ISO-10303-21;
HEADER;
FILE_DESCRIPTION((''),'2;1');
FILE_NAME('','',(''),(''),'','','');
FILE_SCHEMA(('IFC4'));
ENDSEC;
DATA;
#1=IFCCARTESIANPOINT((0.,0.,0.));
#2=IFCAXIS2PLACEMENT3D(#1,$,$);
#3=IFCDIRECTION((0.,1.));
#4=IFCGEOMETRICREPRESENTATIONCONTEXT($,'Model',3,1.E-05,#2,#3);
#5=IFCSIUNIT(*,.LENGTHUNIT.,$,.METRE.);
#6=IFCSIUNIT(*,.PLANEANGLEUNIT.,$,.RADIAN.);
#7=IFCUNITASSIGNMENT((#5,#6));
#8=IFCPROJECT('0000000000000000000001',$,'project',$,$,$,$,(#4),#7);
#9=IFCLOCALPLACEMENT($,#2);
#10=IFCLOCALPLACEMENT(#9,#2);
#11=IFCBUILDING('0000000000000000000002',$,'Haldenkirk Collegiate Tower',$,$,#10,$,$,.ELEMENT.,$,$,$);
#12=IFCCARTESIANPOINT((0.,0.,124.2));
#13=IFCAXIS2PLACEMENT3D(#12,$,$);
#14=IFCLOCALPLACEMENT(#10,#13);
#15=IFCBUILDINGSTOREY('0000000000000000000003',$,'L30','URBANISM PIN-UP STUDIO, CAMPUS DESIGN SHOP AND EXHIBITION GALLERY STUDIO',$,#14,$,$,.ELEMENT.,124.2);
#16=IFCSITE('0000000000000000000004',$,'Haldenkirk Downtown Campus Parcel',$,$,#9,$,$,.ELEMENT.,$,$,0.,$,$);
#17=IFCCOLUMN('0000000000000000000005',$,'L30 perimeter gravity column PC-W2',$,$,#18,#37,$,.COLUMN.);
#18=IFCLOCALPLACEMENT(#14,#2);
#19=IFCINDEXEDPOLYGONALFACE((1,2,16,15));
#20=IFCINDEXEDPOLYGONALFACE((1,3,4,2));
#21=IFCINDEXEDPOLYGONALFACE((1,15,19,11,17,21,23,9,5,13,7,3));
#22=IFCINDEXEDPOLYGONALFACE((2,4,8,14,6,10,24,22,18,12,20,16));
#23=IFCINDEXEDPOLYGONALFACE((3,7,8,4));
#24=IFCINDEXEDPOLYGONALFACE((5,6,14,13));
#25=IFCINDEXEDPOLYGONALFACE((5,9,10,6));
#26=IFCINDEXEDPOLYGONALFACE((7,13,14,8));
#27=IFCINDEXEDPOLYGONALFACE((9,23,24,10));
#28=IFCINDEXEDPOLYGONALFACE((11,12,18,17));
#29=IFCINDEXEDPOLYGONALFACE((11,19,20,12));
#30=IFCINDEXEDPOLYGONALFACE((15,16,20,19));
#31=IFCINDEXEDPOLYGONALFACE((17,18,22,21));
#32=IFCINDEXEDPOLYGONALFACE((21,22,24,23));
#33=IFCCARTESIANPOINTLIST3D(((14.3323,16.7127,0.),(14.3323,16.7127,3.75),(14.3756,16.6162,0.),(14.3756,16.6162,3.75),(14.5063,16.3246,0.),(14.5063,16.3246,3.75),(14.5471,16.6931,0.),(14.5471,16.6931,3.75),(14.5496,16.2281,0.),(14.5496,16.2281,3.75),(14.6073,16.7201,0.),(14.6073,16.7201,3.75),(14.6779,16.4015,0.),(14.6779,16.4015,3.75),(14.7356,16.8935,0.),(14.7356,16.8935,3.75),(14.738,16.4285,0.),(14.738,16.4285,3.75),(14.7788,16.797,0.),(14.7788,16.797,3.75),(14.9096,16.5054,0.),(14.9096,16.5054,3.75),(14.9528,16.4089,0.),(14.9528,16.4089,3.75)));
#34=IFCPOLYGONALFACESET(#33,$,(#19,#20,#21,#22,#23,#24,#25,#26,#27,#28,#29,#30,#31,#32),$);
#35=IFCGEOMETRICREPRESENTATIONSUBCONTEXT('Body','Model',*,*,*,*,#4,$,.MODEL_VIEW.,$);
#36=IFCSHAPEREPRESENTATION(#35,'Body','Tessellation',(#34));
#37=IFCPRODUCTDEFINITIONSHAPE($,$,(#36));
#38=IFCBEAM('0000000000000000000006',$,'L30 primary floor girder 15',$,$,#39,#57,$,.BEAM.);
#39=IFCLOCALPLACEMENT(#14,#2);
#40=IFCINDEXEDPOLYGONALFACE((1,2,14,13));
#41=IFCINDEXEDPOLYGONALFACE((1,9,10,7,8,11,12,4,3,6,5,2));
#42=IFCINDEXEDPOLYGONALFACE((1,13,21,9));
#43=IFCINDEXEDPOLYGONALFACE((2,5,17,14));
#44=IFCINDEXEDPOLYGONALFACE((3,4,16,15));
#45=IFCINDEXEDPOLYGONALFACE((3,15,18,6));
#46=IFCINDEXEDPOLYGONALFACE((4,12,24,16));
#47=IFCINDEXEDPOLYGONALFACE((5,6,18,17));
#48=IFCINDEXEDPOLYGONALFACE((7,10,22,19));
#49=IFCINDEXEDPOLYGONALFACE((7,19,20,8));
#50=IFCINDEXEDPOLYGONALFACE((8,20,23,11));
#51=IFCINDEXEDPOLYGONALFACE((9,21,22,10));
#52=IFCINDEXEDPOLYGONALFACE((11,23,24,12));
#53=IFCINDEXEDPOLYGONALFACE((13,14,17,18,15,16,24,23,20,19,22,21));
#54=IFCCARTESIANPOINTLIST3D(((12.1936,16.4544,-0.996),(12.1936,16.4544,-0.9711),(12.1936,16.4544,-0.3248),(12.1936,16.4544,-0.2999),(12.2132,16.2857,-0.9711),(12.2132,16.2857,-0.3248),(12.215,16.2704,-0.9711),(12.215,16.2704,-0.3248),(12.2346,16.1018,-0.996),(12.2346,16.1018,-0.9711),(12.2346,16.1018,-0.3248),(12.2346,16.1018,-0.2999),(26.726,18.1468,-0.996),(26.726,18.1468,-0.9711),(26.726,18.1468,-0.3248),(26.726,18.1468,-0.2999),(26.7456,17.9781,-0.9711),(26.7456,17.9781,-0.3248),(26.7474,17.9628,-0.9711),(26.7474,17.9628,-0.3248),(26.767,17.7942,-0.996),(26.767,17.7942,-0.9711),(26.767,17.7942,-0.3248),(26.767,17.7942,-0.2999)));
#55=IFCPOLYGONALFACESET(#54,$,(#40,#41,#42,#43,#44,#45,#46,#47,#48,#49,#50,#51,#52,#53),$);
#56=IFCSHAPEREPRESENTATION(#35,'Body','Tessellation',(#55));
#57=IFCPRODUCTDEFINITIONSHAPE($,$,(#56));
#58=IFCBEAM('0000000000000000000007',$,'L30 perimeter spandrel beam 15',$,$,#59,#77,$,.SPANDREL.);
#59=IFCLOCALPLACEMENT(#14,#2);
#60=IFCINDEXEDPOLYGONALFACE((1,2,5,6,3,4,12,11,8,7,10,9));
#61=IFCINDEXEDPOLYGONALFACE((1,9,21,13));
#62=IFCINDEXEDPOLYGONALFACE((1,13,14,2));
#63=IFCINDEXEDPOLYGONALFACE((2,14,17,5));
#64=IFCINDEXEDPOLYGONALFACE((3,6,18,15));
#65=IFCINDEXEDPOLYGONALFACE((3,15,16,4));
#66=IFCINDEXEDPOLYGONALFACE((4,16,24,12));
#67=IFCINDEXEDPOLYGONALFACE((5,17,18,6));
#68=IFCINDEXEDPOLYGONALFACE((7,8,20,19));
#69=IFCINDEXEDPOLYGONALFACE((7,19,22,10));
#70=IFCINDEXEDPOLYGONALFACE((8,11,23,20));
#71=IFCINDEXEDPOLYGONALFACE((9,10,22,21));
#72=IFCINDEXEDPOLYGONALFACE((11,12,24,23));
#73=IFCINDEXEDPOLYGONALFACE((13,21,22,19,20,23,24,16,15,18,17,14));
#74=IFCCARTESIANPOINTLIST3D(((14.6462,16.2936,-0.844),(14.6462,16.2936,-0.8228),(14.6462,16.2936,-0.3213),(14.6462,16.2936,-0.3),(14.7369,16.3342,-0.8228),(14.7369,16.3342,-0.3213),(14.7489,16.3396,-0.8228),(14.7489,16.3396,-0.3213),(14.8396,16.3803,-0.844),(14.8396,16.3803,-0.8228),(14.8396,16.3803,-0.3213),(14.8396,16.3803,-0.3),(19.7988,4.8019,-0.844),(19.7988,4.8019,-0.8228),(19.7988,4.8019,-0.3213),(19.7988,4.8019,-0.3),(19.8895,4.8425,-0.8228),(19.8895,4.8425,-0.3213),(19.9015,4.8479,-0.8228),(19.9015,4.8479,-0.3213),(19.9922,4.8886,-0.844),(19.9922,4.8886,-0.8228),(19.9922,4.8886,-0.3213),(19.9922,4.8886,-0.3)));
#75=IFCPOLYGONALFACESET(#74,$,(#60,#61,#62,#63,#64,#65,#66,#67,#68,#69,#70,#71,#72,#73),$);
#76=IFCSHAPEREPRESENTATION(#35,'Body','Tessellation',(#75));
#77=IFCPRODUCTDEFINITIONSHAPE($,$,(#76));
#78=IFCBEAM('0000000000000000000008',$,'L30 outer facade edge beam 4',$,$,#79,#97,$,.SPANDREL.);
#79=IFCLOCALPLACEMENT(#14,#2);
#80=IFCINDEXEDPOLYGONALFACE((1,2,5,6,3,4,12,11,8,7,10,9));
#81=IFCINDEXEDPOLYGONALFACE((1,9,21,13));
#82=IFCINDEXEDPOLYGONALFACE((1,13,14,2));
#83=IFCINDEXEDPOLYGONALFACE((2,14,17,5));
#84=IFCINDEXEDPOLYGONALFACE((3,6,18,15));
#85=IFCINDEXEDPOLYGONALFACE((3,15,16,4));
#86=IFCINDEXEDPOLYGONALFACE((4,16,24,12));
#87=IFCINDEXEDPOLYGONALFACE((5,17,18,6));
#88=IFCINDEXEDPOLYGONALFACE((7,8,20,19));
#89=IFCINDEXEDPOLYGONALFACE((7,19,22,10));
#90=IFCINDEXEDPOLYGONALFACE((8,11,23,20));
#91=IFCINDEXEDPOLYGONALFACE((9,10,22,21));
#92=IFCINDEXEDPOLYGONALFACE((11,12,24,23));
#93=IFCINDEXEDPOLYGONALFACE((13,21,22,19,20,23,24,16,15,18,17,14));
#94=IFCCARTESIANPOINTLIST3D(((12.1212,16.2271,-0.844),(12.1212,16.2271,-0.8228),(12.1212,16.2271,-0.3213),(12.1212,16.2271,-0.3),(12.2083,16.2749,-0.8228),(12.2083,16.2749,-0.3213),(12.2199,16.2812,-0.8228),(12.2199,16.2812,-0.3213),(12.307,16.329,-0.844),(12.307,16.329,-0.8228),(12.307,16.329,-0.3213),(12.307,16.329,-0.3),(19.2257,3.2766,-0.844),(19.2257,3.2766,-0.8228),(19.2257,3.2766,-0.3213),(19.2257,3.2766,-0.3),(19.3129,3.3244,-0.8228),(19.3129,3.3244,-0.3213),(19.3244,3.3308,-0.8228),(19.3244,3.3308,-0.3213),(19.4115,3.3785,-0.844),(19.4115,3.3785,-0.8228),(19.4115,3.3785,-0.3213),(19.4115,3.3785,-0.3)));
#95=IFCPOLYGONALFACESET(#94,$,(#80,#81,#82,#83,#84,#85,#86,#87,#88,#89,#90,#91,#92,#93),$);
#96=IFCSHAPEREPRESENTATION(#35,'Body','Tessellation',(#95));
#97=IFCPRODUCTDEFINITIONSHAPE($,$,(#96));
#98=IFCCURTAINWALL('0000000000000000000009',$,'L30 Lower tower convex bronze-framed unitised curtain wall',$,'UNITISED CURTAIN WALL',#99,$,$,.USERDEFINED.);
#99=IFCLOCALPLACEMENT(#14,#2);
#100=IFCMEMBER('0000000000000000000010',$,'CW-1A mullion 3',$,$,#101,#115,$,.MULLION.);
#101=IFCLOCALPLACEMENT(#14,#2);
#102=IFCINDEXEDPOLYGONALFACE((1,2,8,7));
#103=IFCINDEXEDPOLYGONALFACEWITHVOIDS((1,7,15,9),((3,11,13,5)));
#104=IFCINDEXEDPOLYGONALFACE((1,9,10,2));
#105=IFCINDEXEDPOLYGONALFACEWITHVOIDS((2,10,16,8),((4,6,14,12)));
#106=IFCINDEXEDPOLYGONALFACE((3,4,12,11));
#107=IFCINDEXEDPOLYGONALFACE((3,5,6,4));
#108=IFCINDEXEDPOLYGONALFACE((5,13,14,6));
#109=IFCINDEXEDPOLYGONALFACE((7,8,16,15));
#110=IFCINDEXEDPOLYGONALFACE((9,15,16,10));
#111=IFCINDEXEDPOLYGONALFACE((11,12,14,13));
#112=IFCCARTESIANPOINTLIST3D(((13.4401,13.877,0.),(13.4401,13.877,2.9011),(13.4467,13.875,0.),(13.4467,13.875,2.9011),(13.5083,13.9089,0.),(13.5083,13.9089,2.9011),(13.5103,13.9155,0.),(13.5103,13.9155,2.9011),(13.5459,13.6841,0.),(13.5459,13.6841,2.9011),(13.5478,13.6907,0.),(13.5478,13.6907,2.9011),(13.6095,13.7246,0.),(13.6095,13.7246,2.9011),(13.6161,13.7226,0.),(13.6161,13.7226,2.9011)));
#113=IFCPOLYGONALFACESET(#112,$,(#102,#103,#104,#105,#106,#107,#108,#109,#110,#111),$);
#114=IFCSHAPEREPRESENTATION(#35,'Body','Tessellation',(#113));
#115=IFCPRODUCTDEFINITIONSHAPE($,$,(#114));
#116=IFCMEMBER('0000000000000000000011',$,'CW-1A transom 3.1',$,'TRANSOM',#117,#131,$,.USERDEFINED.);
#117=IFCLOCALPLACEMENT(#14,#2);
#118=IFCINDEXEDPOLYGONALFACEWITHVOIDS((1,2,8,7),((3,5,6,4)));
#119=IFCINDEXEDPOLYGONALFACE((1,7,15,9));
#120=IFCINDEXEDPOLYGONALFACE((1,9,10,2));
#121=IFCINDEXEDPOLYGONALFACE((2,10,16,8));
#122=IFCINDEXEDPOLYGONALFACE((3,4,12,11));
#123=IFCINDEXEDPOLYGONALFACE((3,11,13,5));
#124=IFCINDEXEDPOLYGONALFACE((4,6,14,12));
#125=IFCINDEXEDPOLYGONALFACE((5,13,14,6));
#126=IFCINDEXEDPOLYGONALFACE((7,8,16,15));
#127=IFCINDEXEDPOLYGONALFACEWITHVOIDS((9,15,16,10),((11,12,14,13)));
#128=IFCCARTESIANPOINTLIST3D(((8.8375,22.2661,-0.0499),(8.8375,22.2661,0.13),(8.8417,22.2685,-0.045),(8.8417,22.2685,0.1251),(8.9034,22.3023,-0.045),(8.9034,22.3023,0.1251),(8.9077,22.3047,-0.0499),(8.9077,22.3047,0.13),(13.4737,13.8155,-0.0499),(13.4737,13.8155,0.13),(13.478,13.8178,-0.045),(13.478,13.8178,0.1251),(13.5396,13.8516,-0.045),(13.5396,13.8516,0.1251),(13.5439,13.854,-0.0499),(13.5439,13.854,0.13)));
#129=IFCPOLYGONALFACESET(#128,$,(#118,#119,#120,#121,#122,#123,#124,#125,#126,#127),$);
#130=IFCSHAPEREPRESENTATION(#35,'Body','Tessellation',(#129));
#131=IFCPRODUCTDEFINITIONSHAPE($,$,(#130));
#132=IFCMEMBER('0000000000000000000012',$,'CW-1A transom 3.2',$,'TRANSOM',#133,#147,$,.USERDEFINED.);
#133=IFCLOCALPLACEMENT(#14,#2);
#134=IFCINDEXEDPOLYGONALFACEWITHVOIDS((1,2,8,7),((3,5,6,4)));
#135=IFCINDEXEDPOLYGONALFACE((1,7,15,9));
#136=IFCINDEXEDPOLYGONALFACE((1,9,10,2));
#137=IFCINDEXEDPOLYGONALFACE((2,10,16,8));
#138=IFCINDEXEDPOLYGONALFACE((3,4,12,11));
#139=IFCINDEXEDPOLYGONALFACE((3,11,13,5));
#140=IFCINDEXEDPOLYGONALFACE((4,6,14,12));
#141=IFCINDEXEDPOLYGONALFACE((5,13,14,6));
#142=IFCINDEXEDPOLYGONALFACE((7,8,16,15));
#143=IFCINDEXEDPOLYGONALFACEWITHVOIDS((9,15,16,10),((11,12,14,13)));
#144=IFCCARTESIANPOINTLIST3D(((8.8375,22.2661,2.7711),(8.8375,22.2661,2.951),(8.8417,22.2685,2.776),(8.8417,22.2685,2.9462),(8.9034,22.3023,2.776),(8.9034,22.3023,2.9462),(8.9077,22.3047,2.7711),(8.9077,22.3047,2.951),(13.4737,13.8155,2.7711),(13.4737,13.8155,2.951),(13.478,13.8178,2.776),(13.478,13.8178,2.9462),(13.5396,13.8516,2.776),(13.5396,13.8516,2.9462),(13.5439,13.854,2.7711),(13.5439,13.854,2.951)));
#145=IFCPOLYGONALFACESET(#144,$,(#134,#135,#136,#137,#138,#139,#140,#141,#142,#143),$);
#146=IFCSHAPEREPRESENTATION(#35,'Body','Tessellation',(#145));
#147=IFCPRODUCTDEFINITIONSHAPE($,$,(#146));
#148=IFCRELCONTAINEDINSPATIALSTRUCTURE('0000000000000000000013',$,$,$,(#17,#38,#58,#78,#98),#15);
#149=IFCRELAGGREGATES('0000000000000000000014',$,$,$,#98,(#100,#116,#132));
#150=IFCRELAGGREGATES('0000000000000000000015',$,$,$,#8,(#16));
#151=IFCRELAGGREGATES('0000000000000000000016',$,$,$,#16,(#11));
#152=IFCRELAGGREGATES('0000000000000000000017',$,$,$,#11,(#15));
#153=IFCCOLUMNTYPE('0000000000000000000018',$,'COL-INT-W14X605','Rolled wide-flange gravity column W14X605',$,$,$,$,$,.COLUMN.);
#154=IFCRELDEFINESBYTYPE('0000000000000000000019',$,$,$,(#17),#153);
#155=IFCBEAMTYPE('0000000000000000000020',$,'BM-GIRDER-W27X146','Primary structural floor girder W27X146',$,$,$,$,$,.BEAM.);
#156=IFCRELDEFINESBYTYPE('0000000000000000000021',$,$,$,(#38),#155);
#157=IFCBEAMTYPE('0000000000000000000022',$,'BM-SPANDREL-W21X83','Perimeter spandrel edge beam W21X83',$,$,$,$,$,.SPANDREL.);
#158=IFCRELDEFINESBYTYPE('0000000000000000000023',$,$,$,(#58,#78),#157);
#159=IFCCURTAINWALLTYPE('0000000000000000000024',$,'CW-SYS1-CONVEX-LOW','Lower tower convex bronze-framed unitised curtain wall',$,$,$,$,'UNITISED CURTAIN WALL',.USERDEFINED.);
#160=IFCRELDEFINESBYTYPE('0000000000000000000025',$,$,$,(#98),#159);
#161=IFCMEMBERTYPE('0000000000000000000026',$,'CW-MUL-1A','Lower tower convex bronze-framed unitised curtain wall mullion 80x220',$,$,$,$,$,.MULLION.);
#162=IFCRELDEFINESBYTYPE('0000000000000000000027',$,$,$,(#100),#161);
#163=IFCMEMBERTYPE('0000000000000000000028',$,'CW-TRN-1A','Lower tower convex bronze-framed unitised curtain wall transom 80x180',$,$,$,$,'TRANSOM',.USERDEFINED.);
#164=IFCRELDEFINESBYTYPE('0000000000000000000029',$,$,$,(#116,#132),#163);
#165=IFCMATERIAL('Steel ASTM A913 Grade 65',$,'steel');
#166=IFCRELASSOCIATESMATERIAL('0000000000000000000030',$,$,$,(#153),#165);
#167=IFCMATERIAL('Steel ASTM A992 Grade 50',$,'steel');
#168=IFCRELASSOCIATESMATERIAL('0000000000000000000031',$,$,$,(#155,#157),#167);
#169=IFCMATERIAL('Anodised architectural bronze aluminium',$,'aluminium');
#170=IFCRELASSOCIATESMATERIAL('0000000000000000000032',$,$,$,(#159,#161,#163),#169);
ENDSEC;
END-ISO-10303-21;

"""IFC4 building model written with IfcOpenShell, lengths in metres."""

from ifc_helpers import new_model, si_unit, direction, frame, origin, origin_2d, place, context, subcontext, project, spatial, hollow_rectangle, i_section, extrude, material, material_profile, profile_set, type_object, element, aggregate, save


model = new_model("IFC4")

# Units and contexts
model_context = context("Model", 3, precision=1e-05, world=origin(), true_north=direction((0.0, 1.0)))
body_context = subcontext(model_context, "Body", "Model", "MODEL_VIEW")
ifc_project = project(units=[si_unit("LENGTHUNIT", "METRE"), si_unit("PLANEANGLEUNIT", "RADIAN")], contexts=[model_context])

# Site, building, storey
site_placement = place(None, origin())
site = spatial("IfcSite", under=ifc_project, at=site_placement, Name="Haldenkirk Downtown Campus Parcel", CompositionType="ELEMENT", RefElevation=0.0)
building_placement = place(site_placement, origin())
building = spatial("IfcBuilding", under=site, at=building_placement, Name="Haldenkirk Collegiate Tower", CompositionType="ELEMENT")
storey_placement = place(building_placement, frame((0.0, 0.0, 124.2)))
storey = spatial("IfcBuildingStorey", under=building, at=storey_placement, Name="L30", Description="URBANISM PIN-UP STUDIO, CAMPUS DESIGN SHOP AND EXHIBITION GALLERY STUDIO", CompositionType="ELEMENT", Elevation=124.2)

# Column
ifc_material_1 = material(Name="Steel ASTM A913 Grade 65", Category="steel")
ifc_material_profile_1 = material_profile(ifc_material_1, i_section(OverallWidth=0.4419, OverallDepth=0.531, WebThickness=0.0659, FlangeThickness=0.1057, at=origin_2d()), Name="W14X605")
ifc_profile_set_1 = profile_set([ifc_material_profile_1], Name="Steel ASTM A913 Grade 65")
column_type = type_object("IfcColumnType", Name="COL-INT-W14X605", Description="Rolled wide-flange gravity column W14X605", PredefinedType="COLUMN", material=ifc_profile_set_1)
column_placement = place(storey_placement, frame((14.6426, 16.5608, 0.0), z_axis=(0.0, 0.0, 1.0), x_axis=(0.912477, 0.409127, 0.0)))
element("IfcColumn", 1, at=column_placement, inside=storey, type_object=column_type, Name="L30 perimeter gravity column PC-W2", PredefinedType="COLUMN", context=body_context, shape_type="SweptSolid", body=[
    extrude(i_section(OverallWidth=0.4419, OverallDepth=0.531, WebThickness=0.0659, FlangeThickness=0.1057, at=origin_2d()), origin(), (0.0, 0.0, 1.0), 3.75),
])

# Beams
ifc_material_2 = material(Name="Steel ASTM A992 Grade 50", Category="steel")
ifc_material_profile_2 = material_profile(ifc_material_2, i_section(OverallWidth=0.355, OverallDepth=0.696, WebThickness=0.0154, FlangeThickness=0.0249, at=origin_2d()), Name="W27X146")
ifc_profile_set_2 = profile_set([ifc_material_profile_2], Name="Steel ASTM A992 Grade 50")
beam_type_1 = type_object("IfcBeamType", Name="BM-GIRDER-W27X146", Description="Primary structural floor girder W27X146", PredefinedType="BEAM", material=ifc_profile_set_2)
beam_1_placement = place(storey_placement, frame((12.2141, 16.2781, -0.6479), z_axis=(0.993287, 0.115674, 0.0), x_axis=(-0.115674, 0.993287, 0.0)))
element("IfcBeam", 2, at=beam_1_placement, inside=storey, type_object=beam_type_1, Name="L30 primary floor girder 15", PredefinedType="BEAM", context=body_context, shape_type="SweptSolid", body=[
    extrude(i_section(OverallWidth=0.355, OverallDepth=0.696, WebThickness=0.0154, FlangeThickness=0.0249, at=origin_2d()), origin(), (0.0, 0.0, 1.0), 14.6306),
])
ifc_material_profile_3 = material_profile(ifc_material_2, i_section(OverallWidth=0.2119, OverallDepth=0.5439, WebThickness=0.0132, FlangeThickness=0.0212, at=origin_2d()), Name="W21X83")
ifc_profile_set_3 = profile_set([ifc_material_profile_3], Name="Steel ASTM A992 Grade 50")
beam_type_2 = type_object("IfcBeamType", Name="BM-SPANDREL-W21X83", Description="Perimeter spandrel edge beam W21X83", PredefinedType="SPANDREL", material=ifc_profile_set_3)
beam_2_placement = place(storey_placement, frame((14.7429, 16.3369, -0.572), z_axis=(0.409131, -0.912476, 0.0), x_axis=(0.912476, 0.409131, 0.0)))
element("IfcBeam", 3, at=beam_2_placement, inside=storey, type_object=beam_type_2, Name="L30 perimeter spandrel beam 15", PredefinedType="SPANDREL", context=body_context, shape_type="SweptSolid", body=[
    extrude(i_section(OverallWidth=0.2119, OverallDepth=0.5439, WebThickness=0.0132, FlangeThickness=0.0212, at=origin_2d()), origin(), (0.0, 0.0, 1.0), 12.594),
])
beam_3_placement = place(storey_placement, frame((12.2141, 16.2781, -0.572), z_axis=(0.48097, -0.876737, 0.0), x_axis=(0.876737, 0.48097, 0.0)))
element("IfcBeam", 4, at=beam_3_placement, inside=storey, type_object=beam_type_2, Name="L30 outer facade edge beam 4", PredefinedType="SPANDREL", context=body_context, shape_type="SweptSolid", body=[
    extrude(i_section(OverallWidth=0.2119, OverallDepth=0.5439, WebThickness=0.0132, FlangeThickness=0.0212, at=origin_2d()), origin(), (0.0, 0.0, 1.0), 14.7712),
])

# Curtain wall, members
ifc_material_3 = material(Name="Anodised architectural bronze aluminium", Category="aluminium")
curtain_wall_type = type_object("IfcCurtainWallType", Name="CW-SYS1-CONVEX-LOW", Description="Lower tower convex bronze-framed unitised curtain wall", ElementType="UNITISED CURTAIN WALL", PredefinedType="USERDEFINED", material=ifc_material_3)
curtain_wall_placement = place(storey_placement, origin())
curtain_wall = element("IfcCurtainWall", 5, at=curtain_wall_placement, inside=storey, type_object=curtain_wall_type, Name="L30 Lower tower convex bronze-framed unitised curtain wall", ObjectType="UNITISED CURTAIN WALL", PredefinedType="USERDEFINED")
ifc_material_profile_4 = material_profile(ifc_material_3, hollow_rectangle(XDim=0.0801, YDim=0.22, WallThickness=0.0049, at=origin_2d()), Name="CW-MUL-1A")
ifc_profile_set_4 = profile_set([ifc_material_profile_4], Name="Anodised architectural bronze aluminium")
member_type_1 = type_object("IfcMemberType", Name="CW-MUL-1A", Description="Lower tower convex bronze-framed unitised curtain wall mullion 80x220", PredefinedType="MULLION", material=ifc_profile_set_4)
member_1_placement = place(storey_placement, frame((13.5281, 13.7998, 0.0), z_axis=(0.0, 0.0, 1.0), x_axis=(-0.876727, -0.480989, 0.0)))
member_1 = element("IfcMember", 6, at=member_1_placement, type_object=member_type_1, Name="CW-1A mullion 3", PredefinedType="MULLION", context=body_context, shape_type="SweptSolid", body=[
    extrude(hollow_rectangle(XDim=0.0801, YDim=0.22, WallThickness=0.0049, at=origin_2d()), origin(), (0.0, 0.0, 1.0), 2.9011),
])
ifc_material_profile_5 = material_profile(ifc_material_3, hollow_rectangle(XDim=0.0801, YDim=0.1799, WallThickness=0.0049, at=origin_2d()), Name="CW-TRN-1A")
ifc_profile_set_5 = profile_set([ifc_material_profile_5], Name="Anodised architectural bronze aluminium")
member_type_2 = type_object("IfcMemberType", Name="CW-TRN-1A", Description="Lower tower convex bronze-framed unitised curtain wall transom 80x180", ElementType="TRANSOM", PredefinedType="USERDEFINED", material=ifc_profile_set_5)
member_2_placement = place(storey_placement, frame((13.5088, 13.8347, 0.04), z_axis=(-0.480991, 0.876726, 0.0), x_axis=(-0.876726, -0.480991, 0.0)))
member_2 = element("IfcMember", 7, at=member_2_placement, type_object=member_type_2, Name="CW-1A transom 3.1", ObjectType="TRANSOM", PredefinedType="USERDEFINED", context=body_context, shape_type="SweptSolid", body=[
    extrude(hollow_rectangle(XDim=0.0801, YDim=0.1799, WallThickness=0.0049, at=origin_2d()), origin(), (0.0, 0.0, 1.0), 9.6389),
])
member_3_placement = place(storey_placement, frame((13.5088, 13.8347, 2.8611), z_axis=(-0.480991, 0.876726, 0.0), x_axis=(-0.876726, -0.480991, 0.0)))
member_3 = element("IfcMember", 8, at=member_3_placement, type_object=member_type_2, Name="CW-1A transom 3.2", ObjectType="TRANSOM", PredefinedType="USERDEFINED", context=body_context, shape_type="SweptSolid", body=[
    extrude(hollow_rectangle(XDim=0.0801, YDim=0.1799, WallThickness=0.0049, at=origin_2d()), origin(), (0.0, 0.0, 1.0), 9.6389),
])

aggregate(curtain_wall, [member_1, member_2, member_3])

save(model, "model.ifc")
